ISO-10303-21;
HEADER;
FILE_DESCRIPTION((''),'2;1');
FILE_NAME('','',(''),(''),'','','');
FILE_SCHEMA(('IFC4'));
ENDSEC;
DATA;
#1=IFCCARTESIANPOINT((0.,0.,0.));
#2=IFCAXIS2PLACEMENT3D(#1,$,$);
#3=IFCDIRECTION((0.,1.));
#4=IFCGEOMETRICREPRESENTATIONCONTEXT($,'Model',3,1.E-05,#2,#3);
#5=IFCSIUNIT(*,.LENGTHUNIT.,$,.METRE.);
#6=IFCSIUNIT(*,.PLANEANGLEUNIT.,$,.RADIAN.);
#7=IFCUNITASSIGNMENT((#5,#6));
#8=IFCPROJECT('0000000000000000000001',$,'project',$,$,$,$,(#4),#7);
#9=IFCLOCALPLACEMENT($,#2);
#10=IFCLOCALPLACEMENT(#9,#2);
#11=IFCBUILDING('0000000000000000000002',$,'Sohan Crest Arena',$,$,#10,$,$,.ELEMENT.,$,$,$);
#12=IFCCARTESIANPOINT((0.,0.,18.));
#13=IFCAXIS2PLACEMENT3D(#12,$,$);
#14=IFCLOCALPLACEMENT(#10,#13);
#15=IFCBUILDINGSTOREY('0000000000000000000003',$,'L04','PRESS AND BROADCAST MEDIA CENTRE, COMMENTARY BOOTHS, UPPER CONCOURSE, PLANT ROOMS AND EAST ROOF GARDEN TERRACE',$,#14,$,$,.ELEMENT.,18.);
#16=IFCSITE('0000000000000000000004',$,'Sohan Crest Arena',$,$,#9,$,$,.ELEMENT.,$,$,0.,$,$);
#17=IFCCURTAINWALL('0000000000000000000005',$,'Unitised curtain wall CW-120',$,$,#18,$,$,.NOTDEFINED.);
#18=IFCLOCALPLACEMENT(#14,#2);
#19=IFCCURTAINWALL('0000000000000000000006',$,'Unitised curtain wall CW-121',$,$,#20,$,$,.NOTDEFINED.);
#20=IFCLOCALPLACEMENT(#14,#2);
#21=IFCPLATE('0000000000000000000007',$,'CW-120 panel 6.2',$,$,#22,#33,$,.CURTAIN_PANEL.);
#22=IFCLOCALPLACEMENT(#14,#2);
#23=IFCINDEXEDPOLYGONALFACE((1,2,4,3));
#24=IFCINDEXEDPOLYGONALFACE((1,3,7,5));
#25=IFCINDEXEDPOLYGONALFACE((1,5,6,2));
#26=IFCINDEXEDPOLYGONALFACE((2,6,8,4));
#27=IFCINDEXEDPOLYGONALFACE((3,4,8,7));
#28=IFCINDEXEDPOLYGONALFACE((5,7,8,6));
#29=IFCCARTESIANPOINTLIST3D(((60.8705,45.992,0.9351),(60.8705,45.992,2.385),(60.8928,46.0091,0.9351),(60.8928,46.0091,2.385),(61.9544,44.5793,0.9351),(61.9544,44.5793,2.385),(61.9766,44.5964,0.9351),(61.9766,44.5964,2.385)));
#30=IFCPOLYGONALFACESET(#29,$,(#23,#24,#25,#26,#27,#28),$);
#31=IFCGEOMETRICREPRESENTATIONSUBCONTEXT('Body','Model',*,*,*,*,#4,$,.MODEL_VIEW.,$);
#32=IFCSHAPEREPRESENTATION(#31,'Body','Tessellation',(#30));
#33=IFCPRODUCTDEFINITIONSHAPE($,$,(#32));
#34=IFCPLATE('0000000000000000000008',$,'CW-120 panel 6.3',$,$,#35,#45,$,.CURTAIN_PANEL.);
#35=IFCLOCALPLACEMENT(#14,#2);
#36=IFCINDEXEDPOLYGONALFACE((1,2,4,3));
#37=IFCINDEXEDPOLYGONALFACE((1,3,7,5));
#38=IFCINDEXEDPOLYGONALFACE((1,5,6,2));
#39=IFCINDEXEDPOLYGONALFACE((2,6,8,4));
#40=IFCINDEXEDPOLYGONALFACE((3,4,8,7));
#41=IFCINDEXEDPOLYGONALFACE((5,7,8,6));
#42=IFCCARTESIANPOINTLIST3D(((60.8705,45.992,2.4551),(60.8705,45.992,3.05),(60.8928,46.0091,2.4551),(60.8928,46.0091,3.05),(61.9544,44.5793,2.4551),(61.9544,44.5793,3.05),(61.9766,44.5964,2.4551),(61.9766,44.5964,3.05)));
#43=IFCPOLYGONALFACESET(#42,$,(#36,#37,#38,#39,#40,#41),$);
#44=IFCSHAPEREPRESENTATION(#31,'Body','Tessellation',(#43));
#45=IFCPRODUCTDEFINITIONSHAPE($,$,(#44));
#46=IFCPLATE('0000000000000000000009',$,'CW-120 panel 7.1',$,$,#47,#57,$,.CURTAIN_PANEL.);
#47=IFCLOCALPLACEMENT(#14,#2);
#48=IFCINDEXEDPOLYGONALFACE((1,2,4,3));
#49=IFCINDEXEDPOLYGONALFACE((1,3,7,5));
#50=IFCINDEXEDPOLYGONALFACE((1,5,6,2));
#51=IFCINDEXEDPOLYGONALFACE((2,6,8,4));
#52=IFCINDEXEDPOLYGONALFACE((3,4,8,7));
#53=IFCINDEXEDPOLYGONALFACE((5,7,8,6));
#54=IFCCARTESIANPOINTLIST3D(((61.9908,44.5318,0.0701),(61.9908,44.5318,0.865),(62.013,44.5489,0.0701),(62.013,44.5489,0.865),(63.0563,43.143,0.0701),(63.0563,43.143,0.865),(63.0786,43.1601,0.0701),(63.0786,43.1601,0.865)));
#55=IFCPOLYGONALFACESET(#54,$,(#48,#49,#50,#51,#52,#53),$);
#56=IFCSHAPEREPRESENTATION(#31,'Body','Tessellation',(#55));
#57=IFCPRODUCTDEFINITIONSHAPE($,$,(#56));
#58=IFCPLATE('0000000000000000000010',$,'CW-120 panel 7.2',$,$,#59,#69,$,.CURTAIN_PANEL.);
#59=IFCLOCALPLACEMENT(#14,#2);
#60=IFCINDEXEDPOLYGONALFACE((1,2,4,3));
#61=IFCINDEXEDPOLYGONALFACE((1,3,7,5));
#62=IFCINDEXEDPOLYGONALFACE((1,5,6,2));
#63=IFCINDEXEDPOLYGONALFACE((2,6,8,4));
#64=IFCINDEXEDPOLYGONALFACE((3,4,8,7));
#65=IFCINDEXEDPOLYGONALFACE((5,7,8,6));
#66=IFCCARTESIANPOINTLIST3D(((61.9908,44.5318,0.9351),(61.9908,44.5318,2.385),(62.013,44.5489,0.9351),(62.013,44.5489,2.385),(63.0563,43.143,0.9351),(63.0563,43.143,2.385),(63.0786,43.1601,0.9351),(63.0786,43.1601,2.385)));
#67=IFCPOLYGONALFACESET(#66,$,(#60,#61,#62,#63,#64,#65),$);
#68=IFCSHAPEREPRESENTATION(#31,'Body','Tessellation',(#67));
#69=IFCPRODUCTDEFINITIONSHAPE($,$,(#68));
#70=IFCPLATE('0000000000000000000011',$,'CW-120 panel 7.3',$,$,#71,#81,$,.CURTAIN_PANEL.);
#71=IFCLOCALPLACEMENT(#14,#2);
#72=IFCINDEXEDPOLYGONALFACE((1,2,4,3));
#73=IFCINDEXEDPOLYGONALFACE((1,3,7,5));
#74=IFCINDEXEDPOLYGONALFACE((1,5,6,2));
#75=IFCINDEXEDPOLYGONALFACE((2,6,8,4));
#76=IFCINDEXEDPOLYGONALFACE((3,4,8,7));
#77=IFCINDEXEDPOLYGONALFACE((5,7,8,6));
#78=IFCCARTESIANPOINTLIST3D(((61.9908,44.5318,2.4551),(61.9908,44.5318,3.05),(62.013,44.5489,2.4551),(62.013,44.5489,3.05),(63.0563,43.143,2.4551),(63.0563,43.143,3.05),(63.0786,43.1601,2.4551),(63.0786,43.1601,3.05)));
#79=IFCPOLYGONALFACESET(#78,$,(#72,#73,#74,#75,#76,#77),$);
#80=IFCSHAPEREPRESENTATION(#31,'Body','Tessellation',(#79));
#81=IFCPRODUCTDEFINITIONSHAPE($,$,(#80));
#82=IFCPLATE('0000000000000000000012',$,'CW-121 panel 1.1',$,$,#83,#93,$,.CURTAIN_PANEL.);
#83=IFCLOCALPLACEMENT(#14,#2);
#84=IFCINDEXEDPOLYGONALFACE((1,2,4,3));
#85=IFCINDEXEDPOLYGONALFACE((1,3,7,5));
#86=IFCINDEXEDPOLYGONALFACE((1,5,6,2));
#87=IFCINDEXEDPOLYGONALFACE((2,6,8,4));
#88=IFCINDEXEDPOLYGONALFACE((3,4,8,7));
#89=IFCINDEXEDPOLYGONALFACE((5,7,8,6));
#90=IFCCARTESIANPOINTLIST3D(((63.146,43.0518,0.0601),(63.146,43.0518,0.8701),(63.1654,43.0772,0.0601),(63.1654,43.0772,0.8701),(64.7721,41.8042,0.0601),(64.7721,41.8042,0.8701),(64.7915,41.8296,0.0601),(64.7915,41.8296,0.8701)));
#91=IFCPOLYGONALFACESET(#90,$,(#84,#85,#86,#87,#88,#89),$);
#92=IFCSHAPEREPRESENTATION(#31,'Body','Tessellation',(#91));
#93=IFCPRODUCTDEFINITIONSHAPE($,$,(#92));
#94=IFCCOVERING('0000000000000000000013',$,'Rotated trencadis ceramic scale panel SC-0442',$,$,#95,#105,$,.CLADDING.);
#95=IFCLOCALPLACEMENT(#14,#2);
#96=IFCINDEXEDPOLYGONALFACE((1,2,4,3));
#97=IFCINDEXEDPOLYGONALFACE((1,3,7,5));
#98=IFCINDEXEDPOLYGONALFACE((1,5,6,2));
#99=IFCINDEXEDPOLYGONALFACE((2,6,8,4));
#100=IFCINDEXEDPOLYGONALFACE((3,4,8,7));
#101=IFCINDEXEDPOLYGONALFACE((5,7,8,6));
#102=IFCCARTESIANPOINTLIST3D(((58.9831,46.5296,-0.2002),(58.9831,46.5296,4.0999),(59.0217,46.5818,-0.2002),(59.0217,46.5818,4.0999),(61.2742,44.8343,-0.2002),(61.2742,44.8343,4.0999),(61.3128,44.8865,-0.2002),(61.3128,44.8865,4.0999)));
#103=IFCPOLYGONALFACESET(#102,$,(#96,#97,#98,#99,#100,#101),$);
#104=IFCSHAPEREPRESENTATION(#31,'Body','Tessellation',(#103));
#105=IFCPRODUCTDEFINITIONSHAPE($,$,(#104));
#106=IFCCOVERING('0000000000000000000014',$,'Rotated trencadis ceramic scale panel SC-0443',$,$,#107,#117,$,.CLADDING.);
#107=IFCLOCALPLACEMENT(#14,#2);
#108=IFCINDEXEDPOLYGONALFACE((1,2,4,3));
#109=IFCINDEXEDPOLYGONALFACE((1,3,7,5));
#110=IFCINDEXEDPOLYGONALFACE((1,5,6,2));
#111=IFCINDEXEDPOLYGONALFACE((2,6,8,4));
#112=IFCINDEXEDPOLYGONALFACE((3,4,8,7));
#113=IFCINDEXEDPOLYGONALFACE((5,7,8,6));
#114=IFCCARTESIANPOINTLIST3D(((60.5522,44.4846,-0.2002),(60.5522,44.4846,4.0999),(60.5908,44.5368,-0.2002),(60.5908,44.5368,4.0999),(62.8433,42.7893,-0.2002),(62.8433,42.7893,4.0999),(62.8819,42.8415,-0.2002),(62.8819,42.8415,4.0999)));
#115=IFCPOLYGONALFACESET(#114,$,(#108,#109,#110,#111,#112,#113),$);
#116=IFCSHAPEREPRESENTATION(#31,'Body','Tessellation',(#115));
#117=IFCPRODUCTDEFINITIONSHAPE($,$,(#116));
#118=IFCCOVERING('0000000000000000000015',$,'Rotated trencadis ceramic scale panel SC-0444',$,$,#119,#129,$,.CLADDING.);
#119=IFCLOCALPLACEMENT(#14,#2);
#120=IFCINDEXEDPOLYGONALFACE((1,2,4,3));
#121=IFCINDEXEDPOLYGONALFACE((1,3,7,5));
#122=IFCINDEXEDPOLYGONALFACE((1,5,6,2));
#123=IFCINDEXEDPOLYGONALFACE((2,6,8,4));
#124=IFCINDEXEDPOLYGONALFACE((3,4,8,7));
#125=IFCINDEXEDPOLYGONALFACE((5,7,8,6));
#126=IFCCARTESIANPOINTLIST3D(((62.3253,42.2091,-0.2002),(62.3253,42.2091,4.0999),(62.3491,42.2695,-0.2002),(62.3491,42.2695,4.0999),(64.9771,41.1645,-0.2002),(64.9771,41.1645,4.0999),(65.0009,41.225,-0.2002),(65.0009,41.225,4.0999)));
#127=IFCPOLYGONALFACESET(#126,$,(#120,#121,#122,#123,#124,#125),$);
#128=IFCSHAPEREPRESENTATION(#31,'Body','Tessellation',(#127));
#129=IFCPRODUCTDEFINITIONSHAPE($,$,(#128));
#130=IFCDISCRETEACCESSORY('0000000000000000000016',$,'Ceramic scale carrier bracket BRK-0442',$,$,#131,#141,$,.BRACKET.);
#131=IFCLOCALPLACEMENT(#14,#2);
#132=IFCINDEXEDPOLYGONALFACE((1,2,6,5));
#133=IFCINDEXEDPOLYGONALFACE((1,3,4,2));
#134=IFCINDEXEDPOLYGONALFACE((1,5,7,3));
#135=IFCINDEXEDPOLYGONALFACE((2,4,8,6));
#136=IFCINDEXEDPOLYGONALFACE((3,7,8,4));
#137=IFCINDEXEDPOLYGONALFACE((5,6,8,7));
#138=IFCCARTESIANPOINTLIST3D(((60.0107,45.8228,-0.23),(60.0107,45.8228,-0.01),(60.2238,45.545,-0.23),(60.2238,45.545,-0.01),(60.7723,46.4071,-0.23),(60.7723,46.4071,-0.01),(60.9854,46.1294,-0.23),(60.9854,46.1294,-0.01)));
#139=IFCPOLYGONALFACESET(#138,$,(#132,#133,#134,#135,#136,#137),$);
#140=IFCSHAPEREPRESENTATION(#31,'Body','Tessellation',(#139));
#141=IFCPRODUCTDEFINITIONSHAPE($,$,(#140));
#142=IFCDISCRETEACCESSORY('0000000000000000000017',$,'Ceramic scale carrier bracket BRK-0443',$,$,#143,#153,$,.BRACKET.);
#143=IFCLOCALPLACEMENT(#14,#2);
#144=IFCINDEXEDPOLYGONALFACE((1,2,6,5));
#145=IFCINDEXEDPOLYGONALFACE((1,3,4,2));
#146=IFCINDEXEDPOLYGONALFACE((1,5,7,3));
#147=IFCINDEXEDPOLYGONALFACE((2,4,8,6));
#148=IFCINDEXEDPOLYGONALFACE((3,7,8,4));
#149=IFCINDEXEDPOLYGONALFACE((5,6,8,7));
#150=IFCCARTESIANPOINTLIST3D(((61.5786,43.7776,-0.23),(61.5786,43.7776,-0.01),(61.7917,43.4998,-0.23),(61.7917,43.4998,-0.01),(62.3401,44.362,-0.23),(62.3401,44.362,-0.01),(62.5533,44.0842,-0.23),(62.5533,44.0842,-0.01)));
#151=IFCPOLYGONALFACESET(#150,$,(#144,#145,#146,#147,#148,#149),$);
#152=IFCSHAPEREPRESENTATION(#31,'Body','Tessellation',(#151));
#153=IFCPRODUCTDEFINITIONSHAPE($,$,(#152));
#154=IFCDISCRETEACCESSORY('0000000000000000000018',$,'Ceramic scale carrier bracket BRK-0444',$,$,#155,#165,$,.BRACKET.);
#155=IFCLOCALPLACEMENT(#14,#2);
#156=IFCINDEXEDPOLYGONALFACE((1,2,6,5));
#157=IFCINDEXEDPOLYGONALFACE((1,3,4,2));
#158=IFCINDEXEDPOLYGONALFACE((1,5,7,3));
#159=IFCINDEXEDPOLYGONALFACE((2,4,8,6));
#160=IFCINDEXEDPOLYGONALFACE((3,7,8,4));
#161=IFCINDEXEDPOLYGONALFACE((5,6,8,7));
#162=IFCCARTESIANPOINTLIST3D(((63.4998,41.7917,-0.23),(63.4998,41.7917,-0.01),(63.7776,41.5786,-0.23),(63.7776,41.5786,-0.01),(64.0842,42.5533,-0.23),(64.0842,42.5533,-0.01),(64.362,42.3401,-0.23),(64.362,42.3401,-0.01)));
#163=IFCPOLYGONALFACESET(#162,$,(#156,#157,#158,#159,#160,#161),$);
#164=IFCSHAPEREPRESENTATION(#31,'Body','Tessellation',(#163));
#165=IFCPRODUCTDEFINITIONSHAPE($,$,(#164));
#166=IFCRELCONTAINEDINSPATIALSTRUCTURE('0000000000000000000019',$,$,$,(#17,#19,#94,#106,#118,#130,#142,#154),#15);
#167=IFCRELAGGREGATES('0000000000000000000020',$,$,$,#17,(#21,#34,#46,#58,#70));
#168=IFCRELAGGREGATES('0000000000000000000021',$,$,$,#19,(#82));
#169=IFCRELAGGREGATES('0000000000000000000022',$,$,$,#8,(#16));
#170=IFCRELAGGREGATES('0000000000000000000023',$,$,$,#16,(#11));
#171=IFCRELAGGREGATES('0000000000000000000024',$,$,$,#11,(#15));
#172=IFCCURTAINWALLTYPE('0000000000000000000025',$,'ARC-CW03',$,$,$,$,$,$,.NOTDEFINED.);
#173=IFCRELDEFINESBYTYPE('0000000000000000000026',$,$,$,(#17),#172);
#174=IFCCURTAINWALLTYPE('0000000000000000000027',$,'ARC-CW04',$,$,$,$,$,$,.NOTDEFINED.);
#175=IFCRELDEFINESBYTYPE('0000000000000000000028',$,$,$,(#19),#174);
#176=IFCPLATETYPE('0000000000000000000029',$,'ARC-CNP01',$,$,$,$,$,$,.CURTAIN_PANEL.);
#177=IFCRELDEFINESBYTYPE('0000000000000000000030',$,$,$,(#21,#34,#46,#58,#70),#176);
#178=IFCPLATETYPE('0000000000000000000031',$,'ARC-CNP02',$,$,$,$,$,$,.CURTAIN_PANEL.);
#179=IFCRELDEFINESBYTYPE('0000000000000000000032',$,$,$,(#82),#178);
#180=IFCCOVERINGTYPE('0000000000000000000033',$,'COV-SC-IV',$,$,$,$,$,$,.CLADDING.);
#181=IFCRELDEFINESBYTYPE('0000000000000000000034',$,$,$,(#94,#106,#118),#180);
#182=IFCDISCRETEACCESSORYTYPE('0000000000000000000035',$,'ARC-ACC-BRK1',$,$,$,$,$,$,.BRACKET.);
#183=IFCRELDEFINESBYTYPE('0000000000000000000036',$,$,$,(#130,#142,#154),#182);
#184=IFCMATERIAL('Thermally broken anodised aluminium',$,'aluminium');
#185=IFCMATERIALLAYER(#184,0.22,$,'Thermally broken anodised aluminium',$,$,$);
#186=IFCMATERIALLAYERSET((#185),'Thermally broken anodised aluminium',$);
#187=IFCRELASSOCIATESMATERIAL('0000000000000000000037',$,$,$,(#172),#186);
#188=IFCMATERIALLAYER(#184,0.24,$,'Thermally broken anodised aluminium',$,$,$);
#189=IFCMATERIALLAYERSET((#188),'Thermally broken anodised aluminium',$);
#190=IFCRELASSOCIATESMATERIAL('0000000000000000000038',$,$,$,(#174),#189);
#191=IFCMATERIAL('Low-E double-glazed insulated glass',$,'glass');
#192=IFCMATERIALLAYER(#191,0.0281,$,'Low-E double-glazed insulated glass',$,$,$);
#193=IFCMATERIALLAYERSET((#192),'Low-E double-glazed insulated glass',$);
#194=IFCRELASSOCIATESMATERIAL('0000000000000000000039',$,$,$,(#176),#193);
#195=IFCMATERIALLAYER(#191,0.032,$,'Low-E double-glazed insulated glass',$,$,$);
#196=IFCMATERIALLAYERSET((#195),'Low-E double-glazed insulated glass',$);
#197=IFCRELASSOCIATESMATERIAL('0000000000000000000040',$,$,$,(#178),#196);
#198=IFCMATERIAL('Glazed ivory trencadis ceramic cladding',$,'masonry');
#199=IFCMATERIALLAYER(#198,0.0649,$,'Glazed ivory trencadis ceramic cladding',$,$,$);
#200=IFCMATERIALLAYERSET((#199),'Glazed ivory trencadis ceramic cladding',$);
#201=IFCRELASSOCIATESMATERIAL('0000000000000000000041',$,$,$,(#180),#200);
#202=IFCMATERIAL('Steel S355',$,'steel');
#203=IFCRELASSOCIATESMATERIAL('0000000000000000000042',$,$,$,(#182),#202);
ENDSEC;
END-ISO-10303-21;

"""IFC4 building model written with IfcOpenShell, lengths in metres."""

from ifc_helpers import new_model, si_unit, direction, frame, origin, origin_2d, place, context, subcontext, project, spatial, rectangle, extrude, material, layer, layer_set, type_object, element, aggregate, save


model = new_model("IFC4")

# Units and contexts
model_context = context("Model", 3, precision=1e-05, world=origin(), true_north=direction((0.0, 1.0)))
body_context = subcontext(model_context, "Body", "Model", "MODEL_VIEW")
ifc_project = project(units=[si_unit("LENGTHUNIT", "METRE"), si_unit("PLANEANGLEUNIT", "RADIAN")], contexts=[model_context])

# Site, building, storey
site_placement = place(None, origin())
site = spatial("IfcSite", under=ifc_project, at=site_placement, Name="Sohan Crest Arena", CompositionType="ELEMENT", RefElevation=0.0)
building_placement = place(site_placement, origin())
building = spatial("IfcBuilding", under=site, at=building_placement, Name="Sohan Crest Arena", CompositionType="ELEMENT")
storey_placement = place(building_placement, frame((0.0, 0.0, 18.0)))
storey = spatial("IfcBuildingStorey", under=building, at=storey_placement, Name="L04", Description="PRESS AND BROADCAST MEDIA CENTRE, COMMENTARY BOOTHS, UPPER CONCOURSE, PLANT ROOMS AND EAST ROOF GARDEN TERRACE", CompositionType="ELEMENT", Elevation=18.0)

# Curtain walls
ifc_material_1 = material(Name="Thermally broken anodised aluminium", Category="aluminium")
ifc_layer_1 = layer(ifc_material_1, 0.22, Name="Thermally broken anodised aluminium")
ifc_layer_set_1 = layer_set([ifc_layer_1], Name="Thermally broken anodised aluminium")
curtain_wall_type_1 = type_object("IfcCurtainWallType", Name="ARC-CW03", PredefinedType="NOTDEFINED", material=ifc_layer_set_1)
curtain_wall_1_placement = place(storey_placement, origin())
curtain_wall_1 = element("IfcCurtainWall", 1, at=curtain_wall_1_placement, inside=storey, type_object=curtain_wall_type_1, Name="Unitised curtain wall CW-120", PredefinedType="NOTDEFINED")
ifc_layer_2 = layer(ifc_material_1, 0.24, Name="Thermally broken anodised aluminium")
ifc_layer_set_2 = layer_set([ifc_layer_2], Name="Thermally broken anodised aluminium")
curtain_wall_type_2 = type_object("IfcCurtainWallType", Name="ARC-CW04", PredefinedType="NOTDEFINED", material=ifc_layer_set_2)
curtain_wall_2_placement = place(storey_placement, origin())
curtain_wall_2 = element("IfcCurtainWall", 2, at=curtain_wall_2_placement, inside=storey, type_object=curtain_wall_type_2, Name="Unitised curtain wall CW-121", PredefinedType="NOTDEFINED")

# Plates
ifc_material_2 = material(Name="Low-E double-glazed insulated glass", Category="glass")
ifc_layer_3 = layer(ifc_material_2, 0.0281, Name="Low-E double-glazed insulated glass")
ifc_layer_set_3 = layer_set([ifc_layer_3], Name="Low-E double-glazed insulated glass")
plate_type_1 = type_object("IfcPlateType", Name="ARC-CNP01", PredefinedType="CURTAIN_PANEL", material=ifc_layer_set_3)
plate_1_placement = place(storey_placement, frame((61.4236, 45.2942, 0.9351), z_axis=(0.0, 0.0, 1.0), x_axis=(0.60872, -0.793385, 0.0)))
plate_1 = element("IfcPlate", 3, at=plate_1_placement, type_object=plate_type_1, Name="CW-120 panel 6.2", PredefinedType="CURTAIN_PANEL", context=body_context, shape_type="SweptSolid", body=[
    extrude(rectangle(XDim=1.7805, YDim=0.0281, at=origin_2d()), origin(), (0.0, 0.0, 1.0), 1.45),
])
plate_2_placement = place(storey_placement, frame((61.4236, 45.2942, 2.4551), z_axis=(0.0, 0.0, 1.0), x_axis=(0.60872, -0.793385, 0.0)))
plate_2 = element("IfcPlate", 4, at=plate_2_placement, type_object=plate_type_1, Name="CW-120 panel 6.3", PredefinedType="CURTAIN_PANEL", context=body_context, shape_type="SweptSolid", body=[
    extrude(rectangle(XDim=1.7805, YDim=0.0281, at=origin_2d()), origin(), (0.0, 0.0, 1.0), 0.595),
])
plate_3_placement = place(storey_placement, frame((62.5347, 43.8459, 0.0701), z_axis=(0.0, 0.0, 1.0), x_axis=(0.60872, -0.793385, 0.0)))
plate_3 = element("IfcPlate", 5, at=plate_3_placement, type_object=plate_type_1, Name="CW-120 panel 7.1", PredefinedType="CURTAIN_PANEL", context=body_context, shape_type="SweptSolid", body=[
    extrude(rectangle(XDim=1.7505, YDim=0.0281, at=origin_2d()), origin(), (0.0, 0.0, 1.0), 0.7949),
])
plate_4_placement = place(storey_placement, frame((62.5347, 43.8459, 0.9351), z_axis=(0.0, 0.0, 1.0), x_axis=(0.60872, -0.793385, 0.0)))
plate_4 = element("IfcPlate", 6, at=plate_4_placement, type_object=plate_type_1, Name="CW-120 panel 7.2", PredefinedType="CURTAIN_PANEL", context=body_context, shape_type="SweptSolid", body=[
    extrude(rectangle(XDim=1.7505, YDim=0.0281, at=origin_2d()), origin(), (0.0, 0.0, 1.0), 1.45),
])
plate_5_placement = place(storey_placement, frame((62.5347, 43.8459, 2.4551), z_axis=(0.0, 0.0, 1.0), x_axis=(0.60872, -0.793385, 0.0)))
plate_5 = element("IfcPlate", 7, at=plate_5_placement, type_object=plate_type_1, Name="CW-120 panel 7.3", PredefinedType="CURTAIN_PANEL", context=body_context, shape_type="SweptSolid", body=[
    extrude(rectangle(XDim=1.7505, YDim=0.0281, at=origin_2d()), origin(), (0.0, 0.0, 1.0), 0.595),
])
aggregate(curtain_wall_1, [plate_1, plate_2, plate_3, plate_4, plate_5])
ifc_layer_4 = layer(ifc_material_2, 0.032, Name="Low-E double-glazed insulated glass")
ifc_layer_set_4 = layer_set([ifc_layer_4], Name="Low-E double-glazed insulated glass")
plate_type_2 = type_object("IfcPlateType", Name="ARC-CNP02", PredefinedType="CURTAIN_PANEL", material=ifc_layer_set_4)
plate_6_placement = place(storey_placement, frame((63.9688, 42.4407, 0.0601), z_axis=(0.0, 0.0, 1.0), x_axis=(0.793385, -0.60872, 0.0)))
plate_6 = element("IfcPlate", 8, at=plate_6_placement, type_object=plate_type_2, Name="CW-121 panel 1.1", PredefinedType="CURTAIN_PANEL", context=body_context, shape_type="SweptSolid", body=[
    extrude(rectangle(XDim=2.0496, YDim=0.032, at=origin_2d()), origin(), (0.0, 0.0, 1.0), 0.8101),
])
aggregate(curtain_wall_2, [plate_6])

# Coverings
ifc_material_3 = material(Name="Glazed ivory trencadis ceramic cladding", Category="masonry")
ifc_layer_5 = layer(ifc_material_3, 0.0649, Name="Glazed ivory trencadis ceramic cladding")
ifc_layer_set_5 = layer_set([ifc_layer_5], Name="Glazed ivory trencadis ceramic cladding")
covering_type = type_object("IfcCoveringType", Name="COV-SC-IV", PredefinedType="CLADDING", material=ifc_layer_set_5)
for number, where, z_axis, x_axis, name in (
    (9, (60.1479, 45.708, -0.2002), (0.0, 0.0, 1.0), (0.803857, -0.594823, 0.0), "Rotated trencadis ceramic scale panel SC-0442"),
    (10, (61.717, 43.6631, -0.2002), (0.0, 0.0, 1.0), (0.803857, -0.594823, 0.0), "Rotated trencadis ceramic scale panel SC-0443"),
    (11, (63.6631, 41.717, -0.2002), (0.0, 0.0, 1.0), (0.930418, -0.366501, 0.0), "Rotated trencadis ceramic scale panel SC-0444"),
):
    element("IfcCovering", number, at=place(storey_placement, frame(where, z_axis=z_axis, x_axis=x_axis)), inside=storey, type_object=covering_type, Name=name, PredefinedType="CLADDING", context=body_context, shape_type="SweptSolid", body=[
        extrude(rectangle(XDim=2.8501, YDim=0.0649, at=origin_2d()), origin(), (0.0, 0.0, 1.0), 4.3),
    ])

# Discrete accessories
ifc_material_4 = material(Name="Steel S355", Category="steel")
discrete_accessory_type = type_object("IfcDiscreteAccessoryType", Name="ARC-ACC-BRK1", PredefinedType="BRACKET", material=ifc_material_4)
for number, where, z_axis, x_axis, name in (
    (12, (60.498, 45.9761, -0.23), (0.0, 0.0, 1.0), (0.608761, -0.793353, 0.0), "Ceramic scale carrier bracket BRK-0442"),
    (13, (62.0659, 43.9309, -0.23), (0.0, 0.0, 1.0), (0.608761, -0.793353, 0.0), "Ceramic scale carrier bracket BRK-0443"),
    (14, (63.9309, 42.0659, -0.23), (0.0, 0.0, 1.0), (0.793353, -0.608761, 0.0), "Ceramic scale carrier bracket BRK-0444"),
):
    element("IfcDiscreteAccessory", number, at=place(storey_placement, frame(where, z_axis=z_axis, x_axis=x_axis)), inside=storey, type_object=discrete_accessory_type, Name=name, PredefinedType="BRACKET", context=body_context, shape_type="SweptSolid", body=[
        extrude(rectangle(XDim=0.3501, YDim=0.96, at=origin_2d()), origin(), (0.0, 0.0, 1.0), 0.22),
    ])

save(model, "model.ifc")
